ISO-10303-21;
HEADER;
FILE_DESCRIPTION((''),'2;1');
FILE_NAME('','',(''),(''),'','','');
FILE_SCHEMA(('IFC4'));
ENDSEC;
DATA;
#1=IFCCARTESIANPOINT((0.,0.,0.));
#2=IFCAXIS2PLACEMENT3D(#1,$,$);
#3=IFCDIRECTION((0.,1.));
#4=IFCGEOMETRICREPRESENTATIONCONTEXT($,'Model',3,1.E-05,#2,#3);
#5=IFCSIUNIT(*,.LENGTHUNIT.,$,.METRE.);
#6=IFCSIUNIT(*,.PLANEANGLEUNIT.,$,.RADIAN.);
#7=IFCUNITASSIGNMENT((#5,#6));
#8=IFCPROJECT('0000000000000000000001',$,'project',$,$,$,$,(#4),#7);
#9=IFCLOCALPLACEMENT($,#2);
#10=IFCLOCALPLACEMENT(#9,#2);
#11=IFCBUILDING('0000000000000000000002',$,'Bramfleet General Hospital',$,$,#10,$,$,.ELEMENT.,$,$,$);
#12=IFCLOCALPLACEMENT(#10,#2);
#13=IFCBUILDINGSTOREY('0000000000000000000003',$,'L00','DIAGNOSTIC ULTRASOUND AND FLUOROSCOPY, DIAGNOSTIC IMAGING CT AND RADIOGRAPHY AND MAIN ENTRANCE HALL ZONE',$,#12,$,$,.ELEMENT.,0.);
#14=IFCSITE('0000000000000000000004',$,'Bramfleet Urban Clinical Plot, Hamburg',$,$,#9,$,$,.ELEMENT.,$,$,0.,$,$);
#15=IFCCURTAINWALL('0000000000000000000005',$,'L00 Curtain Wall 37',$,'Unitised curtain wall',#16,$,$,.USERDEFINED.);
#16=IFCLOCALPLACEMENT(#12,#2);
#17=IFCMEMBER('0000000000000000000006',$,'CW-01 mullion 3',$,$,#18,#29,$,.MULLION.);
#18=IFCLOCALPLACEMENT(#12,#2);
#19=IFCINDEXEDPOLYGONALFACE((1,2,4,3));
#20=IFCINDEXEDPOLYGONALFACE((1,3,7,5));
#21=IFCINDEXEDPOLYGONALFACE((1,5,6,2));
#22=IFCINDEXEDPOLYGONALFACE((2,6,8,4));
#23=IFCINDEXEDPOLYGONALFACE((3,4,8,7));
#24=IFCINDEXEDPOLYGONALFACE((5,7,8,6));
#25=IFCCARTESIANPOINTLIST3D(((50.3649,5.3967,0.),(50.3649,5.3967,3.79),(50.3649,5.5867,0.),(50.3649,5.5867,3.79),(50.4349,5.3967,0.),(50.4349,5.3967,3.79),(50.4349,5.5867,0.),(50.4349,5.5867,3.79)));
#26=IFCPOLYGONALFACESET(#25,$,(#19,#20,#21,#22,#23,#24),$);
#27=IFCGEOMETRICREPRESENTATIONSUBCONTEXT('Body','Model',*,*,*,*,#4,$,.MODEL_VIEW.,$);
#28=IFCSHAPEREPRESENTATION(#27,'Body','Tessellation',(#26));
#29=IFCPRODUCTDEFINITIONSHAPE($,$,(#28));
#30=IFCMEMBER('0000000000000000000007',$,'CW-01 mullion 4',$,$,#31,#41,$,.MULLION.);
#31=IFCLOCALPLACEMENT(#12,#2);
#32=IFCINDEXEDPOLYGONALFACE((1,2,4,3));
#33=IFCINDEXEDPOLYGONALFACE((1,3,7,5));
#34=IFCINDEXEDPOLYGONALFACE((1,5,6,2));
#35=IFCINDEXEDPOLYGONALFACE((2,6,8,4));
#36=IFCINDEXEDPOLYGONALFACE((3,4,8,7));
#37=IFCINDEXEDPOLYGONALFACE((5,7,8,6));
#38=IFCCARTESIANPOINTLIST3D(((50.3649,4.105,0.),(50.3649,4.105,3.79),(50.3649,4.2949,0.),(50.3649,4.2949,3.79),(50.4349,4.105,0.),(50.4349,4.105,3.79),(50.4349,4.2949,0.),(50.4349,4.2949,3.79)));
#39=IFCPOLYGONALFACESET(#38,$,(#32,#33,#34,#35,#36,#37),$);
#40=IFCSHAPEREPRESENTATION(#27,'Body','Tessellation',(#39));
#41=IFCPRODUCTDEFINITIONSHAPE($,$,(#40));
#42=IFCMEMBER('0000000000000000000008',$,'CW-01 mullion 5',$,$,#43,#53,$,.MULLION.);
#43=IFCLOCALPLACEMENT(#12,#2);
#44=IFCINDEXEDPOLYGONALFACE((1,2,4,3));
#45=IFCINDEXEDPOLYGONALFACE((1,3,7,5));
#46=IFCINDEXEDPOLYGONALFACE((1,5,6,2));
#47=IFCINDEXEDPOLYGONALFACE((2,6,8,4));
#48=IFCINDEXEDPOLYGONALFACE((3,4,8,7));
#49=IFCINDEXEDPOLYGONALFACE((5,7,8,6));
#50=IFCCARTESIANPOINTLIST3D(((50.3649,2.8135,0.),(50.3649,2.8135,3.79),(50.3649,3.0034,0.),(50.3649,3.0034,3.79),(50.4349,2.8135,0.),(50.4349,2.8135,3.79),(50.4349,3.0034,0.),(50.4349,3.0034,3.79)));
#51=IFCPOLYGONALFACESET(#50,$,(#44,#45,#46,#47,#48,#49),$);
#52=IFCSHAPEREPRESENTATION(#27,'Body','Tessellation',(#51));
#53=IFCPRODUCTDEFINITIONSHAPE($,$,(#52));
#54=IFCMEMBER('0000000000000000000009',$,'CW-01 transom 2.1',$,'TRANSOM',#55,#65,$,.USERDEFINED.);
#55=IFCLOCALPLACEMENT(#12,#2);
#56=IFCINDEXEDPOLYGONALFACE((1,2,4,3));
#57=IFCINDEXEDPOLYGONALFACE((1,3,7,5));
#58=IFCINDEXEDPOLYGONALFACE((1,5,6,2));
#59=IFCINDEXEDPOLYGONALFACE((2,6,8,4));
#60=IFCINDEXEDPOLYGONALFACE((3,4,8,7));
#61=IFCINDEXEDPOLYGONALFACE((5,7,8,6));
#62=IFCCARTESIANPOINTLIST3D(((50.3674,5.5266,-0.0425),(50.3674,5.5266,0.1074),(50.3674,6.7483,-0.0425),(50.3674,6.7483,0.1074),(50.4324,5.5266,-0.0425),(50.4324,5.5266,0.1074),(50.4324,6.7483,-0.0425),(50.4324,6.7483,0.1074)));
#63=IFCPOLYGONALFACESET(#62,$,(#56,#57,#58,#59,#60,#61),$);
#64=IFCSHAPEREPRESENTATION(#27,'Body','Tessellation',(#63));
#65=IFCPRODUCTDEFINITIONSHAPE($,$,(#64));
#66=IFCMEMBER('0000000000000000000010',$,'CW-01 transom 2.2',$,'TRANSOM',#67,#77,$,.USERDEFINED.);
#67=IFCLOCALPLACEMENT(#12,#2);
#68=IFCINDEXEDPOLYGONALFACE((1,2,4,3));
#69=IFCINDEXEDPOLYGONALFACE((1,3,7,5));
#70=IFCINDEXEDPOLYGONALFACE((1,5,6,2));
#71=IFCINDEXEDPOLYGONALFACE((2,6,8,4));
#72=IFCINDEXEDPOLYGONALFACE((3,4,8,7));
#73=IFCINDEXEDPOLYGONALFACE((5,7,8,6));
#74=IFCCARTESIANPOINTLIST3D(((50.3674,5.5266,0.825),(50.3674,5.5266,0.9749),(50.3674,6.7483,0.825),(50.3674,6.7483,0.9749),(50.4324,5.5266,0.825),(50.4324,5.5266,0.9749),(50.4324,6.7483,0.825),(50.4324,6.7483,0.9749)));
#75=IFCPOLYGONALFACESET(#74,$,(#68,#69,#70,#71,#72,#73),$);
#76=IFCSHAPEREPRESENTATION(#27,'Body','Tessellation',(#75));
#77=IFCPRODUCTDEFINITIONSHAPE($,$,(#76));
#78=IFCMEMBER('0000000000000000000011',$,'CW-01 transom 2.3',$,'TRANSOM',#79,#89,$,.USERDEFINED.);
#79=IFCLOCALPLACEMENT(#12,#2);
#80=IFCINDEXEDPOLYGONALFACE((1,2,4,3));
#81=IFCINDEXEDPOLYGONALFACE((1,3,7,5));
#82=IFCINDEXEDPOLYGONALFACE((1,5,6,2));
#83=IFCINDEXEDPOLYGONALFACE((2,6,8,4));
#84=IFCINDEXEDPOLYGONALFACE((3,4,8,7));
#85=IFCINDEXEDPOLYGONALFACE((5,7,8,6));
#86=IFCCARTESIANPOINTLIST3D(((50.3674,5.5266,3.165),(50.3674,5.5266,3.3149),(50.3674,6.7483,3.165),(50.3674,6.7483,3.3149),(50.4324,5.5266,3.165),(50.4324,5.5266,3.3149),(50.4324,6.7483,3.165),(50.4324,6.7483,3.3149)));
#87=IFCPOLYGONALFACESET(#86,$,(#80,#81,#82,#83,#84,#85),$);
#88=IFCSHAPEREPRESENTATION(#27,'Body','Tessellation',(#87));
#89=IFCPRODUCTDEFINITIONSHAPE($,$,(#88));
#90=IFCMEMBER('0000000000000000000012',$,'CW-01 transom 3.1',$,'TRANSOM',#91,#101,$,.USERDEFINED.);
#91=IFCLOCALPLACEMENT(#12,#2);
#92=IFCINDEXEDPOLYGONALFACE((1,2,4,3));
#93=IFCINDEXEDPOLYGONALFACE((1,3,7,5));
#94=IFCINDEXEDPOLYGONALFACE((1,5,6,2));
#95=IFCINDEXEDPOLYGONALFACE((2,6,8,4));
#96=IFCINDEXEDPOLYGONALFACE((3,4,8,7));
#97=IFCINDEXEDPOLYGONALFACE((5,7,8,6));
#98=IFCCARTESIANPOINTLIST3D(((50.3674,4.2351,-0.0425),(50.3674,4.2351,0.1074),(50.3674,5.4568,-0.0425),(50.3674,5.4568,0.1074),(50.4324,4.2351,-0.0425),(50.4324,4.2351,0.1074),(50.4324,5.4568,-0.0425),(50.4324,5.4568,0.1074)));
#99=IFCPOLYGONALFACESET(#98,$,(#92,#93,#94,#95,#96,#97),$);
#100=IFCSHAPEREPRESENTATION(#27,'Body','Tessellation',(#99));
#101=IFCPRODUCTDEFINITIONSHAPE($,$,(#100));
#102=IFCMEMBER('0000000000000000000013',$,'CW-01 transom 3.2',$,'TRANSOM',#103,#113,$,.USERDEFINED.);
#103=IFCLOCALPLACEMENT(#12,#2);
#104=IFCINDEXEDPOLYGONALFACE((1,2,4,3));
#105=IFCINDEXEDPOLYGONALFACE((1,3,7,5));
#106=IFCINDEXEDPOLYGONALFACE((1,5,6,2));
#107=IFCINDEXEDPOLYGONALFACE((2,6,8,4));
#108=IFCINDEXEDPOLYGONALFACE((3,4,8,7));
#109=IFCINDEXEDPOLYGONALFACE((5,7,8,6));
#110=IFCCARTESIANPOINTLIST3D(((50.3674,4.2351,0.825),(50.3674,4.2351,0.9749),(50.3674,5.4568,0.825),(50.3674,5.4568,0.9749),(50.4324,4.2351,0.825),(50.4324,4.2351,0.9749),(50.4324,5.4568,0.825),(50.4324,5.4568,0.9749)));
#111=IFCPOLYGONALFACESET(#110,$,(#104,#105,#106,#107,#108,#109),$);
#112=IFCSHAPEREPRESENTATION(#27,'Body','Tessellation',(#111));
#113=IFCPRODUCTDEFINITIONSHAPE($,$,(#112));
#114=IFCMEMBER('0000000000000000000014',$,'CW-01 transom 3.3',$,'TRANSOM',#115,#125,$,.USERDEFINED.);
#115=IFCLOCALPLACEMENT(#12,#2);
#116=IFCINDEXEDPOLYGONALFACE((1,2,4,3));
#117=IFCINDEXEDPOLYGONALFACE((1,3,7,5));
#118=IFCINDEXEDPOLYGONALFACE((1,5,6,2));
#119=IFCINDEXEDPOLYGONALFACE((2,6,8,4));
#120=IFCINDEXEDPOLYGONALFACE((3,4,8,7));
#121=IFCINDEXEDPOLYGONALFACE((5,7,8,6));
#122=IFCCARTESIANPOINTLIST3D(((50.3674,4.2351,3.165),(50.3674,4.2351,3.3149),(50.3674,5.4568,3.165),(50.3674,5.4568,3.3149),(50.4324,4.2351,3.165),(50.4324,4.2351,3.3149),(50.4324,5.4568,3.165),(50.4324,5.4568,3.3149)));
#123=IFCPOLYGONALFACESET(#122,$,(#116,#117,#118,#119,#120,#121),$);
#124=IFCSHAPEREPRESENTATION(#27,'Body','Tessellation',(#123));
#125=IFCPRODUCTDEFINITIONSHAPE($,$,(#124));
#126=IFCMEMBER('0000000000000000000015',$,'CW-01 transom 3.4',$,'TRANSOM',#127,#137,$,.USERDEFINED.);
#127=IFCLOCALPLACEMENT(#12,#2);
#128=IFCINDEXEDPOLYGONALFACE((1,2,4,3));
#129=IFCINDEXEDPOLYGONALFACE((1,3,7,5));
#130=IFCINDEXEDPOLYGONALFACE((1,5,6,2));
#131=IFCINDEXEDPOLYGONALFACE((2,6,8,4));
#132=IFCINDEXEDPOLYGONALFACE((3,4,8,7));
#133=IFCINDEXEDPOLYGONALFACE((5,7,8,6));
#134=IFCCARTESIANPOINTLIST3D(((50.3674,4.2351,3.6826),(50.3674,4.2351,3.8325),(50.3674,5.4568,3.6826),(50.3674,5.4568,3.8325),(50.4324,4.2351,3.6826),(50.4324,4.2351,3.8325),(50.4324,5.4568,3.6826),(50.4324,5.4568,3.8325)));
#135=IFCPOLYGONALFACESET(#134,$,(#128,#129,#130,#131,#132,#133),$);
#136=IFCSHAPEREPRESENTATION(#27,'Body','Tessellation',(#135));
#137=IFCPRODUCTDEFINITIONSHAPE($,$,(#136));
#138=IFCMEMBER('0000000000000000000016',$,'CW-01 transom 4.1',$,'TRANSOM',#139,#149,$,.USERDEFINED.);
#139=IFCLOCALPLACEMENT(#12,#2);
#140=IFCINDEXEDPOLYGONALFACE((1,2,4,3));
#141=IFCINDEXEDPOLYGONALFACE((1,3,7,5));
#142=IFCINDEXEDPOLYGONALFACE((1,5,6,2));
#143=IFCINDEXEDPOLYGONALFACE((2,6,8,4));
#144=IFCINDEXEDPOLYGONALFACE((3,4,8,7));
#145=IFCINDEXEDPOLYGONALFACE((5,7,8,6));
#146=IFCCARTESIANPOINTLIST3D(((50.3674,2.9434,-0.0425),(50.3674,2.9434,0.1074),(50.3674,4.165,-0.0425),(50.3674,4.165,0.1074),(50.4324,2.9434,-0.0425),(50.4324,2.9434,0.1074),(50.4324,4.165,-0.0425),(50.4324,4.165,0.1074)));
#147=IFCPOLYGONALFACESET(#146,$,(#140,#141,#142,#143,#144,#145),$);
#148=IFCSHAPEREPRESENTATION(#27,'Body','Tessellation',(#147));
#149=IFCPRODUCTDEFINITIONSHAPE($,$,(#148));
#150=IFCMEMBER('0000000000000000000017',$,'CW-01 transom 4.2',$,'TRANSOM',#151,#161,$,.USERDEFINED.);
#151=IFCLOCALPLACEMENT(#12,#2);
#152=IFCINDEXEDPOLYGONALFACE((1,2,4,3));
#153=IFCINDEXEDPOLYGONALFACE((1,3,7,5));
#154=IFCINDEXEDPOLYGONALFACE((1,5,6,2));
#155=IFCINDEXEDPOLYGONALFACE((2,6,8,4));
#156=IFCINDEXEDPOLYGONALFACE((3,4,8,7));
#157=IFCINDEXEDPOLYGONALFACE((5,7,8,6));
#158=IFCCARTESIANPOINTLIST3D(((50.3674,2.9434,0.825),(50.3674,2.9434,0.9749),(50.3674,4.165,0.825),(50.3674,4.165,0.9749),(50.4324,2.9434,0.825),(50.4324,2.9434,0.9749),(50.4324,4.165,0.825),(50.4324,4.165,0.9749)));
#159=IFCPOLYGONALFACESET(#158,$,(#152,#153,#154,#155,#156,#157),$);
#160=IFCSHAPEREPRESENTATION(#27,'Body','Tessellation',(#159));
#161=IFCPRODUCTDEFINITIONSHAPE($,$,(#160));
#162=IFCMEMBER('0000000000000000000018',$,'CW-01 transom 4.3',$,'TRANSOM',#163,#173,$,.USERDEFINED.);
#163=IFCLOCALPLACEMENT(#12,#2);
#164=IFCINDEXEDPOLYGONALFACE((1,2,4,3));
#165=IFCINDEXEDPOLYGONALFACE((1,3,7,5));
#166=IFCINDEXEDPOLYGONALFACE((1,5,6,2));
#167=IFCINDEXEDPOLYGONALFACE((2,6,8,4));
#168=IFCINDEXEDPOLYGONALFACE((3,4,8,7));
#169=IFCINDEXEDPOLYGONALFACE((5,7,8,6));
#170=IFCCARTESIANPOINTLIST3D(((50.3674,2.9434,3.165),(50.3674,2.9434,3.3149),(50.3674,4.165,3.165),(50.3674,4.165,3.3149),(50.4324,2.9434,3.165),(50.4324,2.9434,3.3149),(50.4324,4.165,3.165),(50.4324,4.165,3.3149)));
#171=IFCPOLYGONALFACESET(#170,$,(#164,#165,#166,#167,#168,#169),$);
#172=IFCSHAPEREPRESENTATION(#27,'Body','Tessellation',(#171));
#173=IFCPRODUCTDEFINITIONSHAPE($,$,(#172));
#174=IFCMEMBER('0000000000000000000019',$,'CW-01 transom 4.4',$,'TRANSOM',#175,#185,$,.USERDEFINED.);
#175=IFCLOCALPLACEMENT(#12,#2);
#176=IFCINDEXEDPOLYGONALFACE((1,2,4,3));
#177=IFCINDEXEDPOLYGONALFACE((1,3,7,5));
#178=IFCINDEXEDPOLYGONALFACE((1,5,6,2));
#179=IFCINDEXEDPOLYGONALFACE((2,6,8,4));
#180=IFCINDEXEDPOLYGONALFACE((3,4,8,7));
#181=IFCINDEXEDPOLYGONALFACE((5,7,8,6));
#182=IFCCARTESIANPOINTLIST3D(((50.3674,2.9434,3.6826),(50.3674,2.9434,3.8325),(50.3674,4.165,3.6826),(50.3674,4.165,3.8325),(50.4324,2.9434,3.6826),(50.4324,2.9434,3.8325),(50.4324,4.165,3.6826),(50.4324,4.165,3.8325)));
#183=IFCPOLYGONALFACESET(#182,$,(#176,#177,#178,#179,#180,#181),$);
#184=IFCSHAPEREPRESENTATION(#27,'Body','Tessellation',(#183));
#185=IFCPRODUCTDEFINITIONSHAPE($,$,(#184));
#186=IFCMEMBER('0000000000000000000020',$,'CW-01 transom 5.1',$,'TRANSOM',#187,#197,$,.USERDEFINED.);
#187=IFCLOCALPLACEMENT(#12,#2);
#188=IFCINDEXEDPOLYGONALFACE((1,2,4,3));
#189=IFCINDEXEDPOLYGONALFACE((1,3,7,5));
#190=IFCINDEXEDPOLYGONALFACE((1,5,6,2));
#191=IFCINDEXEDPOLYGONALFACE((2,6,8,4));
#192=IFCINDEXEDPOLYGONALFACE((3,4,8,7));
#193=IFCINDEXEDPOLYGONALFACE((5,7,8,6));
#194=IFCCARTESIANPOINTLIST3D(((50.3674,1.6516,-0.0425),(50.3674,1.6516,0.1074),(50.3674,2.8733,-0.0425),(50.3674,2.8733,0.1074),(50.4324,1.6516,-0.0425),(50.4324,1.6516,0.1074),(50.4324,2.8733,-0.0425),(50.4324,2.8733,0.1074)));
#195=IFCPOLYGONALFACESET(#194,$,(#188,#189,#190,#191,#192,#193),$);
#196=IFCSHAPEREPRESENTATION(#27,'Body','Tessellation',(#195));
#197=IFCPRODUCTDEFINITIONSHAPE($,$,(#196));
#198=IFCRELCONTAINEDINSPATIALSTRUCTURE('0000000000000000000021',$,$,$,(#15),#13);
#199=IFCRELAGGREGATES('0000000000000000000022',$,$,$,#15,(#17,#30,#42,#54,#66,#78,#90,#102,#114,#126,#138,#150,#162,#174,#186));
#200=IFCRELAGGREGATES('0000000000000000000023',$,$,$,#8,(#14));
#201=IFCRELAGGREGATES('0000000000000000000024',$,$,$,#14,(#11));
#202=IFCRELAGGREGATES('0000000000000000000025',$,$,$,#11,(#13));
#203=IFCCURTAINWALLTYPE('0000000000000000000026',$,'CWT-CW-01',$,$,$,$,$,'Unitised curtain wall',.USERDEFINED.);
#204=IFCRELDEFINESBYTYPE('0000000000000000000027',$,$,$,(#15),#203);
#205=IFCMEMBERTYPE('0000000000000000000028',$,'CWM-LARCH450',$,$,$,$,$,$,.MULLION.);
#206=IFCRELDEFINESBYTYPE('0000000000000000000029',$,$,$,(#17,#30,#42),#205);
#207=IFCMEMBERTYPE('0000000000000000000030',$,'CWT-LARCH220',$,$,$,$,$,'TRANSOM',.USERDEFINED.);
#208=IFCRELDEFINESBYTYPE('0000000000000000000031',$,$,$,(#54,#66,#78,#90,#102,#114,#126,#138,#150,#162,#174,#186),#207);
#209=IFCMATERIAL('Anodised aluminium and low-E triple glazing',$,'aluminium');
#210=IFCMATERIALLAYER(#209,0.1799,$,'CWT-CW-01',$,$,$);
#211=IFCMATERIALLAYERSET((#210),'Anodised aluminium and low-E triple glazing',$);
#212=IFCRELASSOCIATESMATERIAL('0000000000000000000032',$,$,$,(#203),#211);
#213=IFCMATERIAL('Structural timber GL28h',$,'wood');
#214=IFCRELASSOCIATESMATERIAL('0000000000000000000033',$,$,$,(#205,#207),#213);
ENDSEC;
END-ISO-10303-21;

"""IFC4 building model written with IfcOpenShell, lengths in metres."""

from ifc_helpers import new_model, si_unit, direction, frame, origin, origin_2d, place, context, subcontext, project, spatial, rectangle, extrude, material, layer, layer_set, material_profile, profile_set, type_object, element, aggregate, save


model = new_model("IFC4")

# Units and contexts
model_context = context("Model", 3, precision=1e-05, world=origin(), true_north=direction((0.0, 1.0)))
body_context = subcontext(model_context, "Body", "Model", "MODEL_VIEW")
ifc_project = project(units=[si_unit("LENGTHUNIT", "METRE"), si_unit("PLANEANGLEUNIT", "RADIAN")], contexts=[model_context])

# Site, building, storey
site_placement = place(None, origin())
site = spatial("IfcSite", under=ifc_project, at=site_placement, Name="Bramfleet Urban Clinical Plot, Hamburg", CompositionType="ELEMENT", RefElevation=0.0)
building_placement = place(site_placement, origin())
building = spatial("IfcBuilding", under=site, at=building_placement, Name="Bramfleet General Hospital", CompositionType="ELEMENT")
storey_placement = place(building_placement, origin())
storey = spatial("IfcBuildingStorey", under=building, at=storey_placement, Name="L00", Description="DIAGNOSTIC ULTRASOUND AND FLUOROSCOPY, DIAGNOSTIC IMAGING CT AND RADIOGRAPHY AND MAIN ENTRANCE HALL ZONE", CompositionType="ELEMENT", Elevation=0.0)

# Curtain wall, members
ifc_material_1 = material(Name="Anodised aluminium and low-E triple glazing", Category="aluminium")
ifc_layer_1 = layer(ifc_material_1, 0.1799, Name="CWT-CW-01")
ifc_layer_set_1 = layer_set([ifc_layer_1], Name="Anodised aluminium and low-E triple glazing")
curtain_wall_type = type_object("IfcCurtainWallType", Name="CWT-CW-01", ElementType="Unitised curtain wall", PredefinedType="USERDEFINED", material=ifc_layer_set_1)
curtain_wall_placement = place(storey_placement, origin())
curtain_wall = element("IfcCurtainWall", 1, at=curtain_wall_placement, inside=storey, type_object=curtain_wall_type, Name="L00 Curtain Wall 37", ObjectType="Unitised curtain wall", PredefinedType="USERDEFINED")
ifc_material_2 = material(Name="Structural timber GL28h", Category="wood")
ifc_material_profile_1 = material_profile(ifc_material_2, rectangle(XDim=0.0701, YDim=0.1899, at=origin_2d()), Name="LARCH 190x70")
ifc_profile_set_1 = profile_set([ifc_material_profile_1], Name="Structural timber GL28h")
member_type_1 = type_object("IfcMemberType", Name="CWM-LARCH450", PredefinedType="MULLION", material=ifc_profile_set_1)
member_1_placement = place(storey_placement, frame((50.3999, 5.4917, 0.0), z_axis=(0.0, 0.0, 1.0), x_axis=(1.0, 0.0, 0.0)))
member_1 = element("IfcMember", 2, at=member_1_placement, type_object=member_type_1, Name="CW-01 mullion 3", PredefinedType="MULLION", context=body_context, shape_type="SweptSolid", body=[
    extrude(rectangle(XDim=0.0701, YDim=0.1899, at=origin_2d()), origin(), (0.0, 0.0, 1.0), 3.79),
])
member_2_placement = place(storey_placement, frame((50.3999, 4.2, 0.0), z_axis=(0.0, 0.0, 1.0), x_axis=(1.0, 0.0, 0.0)))
member_2 = element("IfcMember", 3, at=member_2_placement, type_object=member_type_1, Name="CW-01 mullion 4", PredefinedType="MULLION", context=body_context, shape_type="SweptSolid", body=[
    extrude(rectangle(XDim=0.0701, YDim=0.1899, at=origin_2d()), origin(), (0.0, 0.0, 1.0), 3.79),
])
member_3_placement = place(storey_placement, frame((50.3999, 2.9084, 0.0), z_axis=(0.0, 0.0, 1.0), x_axis=(1.0, 0.0, 0.0)))
member_3 = element("IfcMember", 4, at=member_3_placement, type_object=member_type_1, Name="CW-01 mullion 5", PredefinedType="MULLION", context=body_context, shape_type="SweptSolid", body=[
    extrude(rectangle(XDim=0.0701, YDim=0.1899, at=origin_2d()), origin(), (0.0, 0.0, 1.0), 3.79),
])
ifc_material_profile_2 = material_profile(ifc_material_2, rectangle(XDim=0.0649, YDim=0.1499, at=origin_2d()), Name="LARCH 150x65")
ifc_profile_set_2 = profile_set([ifc_material_profile_2], Name="Structural timber GL28h")
member_type_2 = type_object("IfcMemberType", Name="CWT-LARCH220", ElementType="TRANSOM", PredefinedType="USERDEFINED", material=ifc_profile_set_2)
member_4_placement = place(storey_placement, frame((50.3999, 6.7483, 0.0325), z_axis=(0.0, -1.0, 0.0), x_axis=(1.0, 0.0, 0.0)))
member_4 = element("IfcMember", 5, at=member_4_placement, type_object=member_type_2, Name="CW-01 transom 2.1", ObjectType="TRANSOM", PredefinedType="USERDEFINED", context=body_context, shape_type="SweptSolid", body=[
    extrude(rectangle(XDim=0.0649, YDim=0.1499, at=origin_2d()), origin(), (0.0, 0.0, 1.0), 1.2217),
])
member_5_placement = place(storey_placement, frame((50.3999, 6.7483, 0.8999), z_axis=(0.0, -1.0, 0.0), x_axis=(1.0, 0.0, 0.0)))
member_5 = element("IfcMember", 6, at=member_5_placement, type_object=member_type_2, Name="CW-01 transom 2.2", ObjectType="TRANSOM", PredefinedType="USERDEFINED", context=body_context, shape_type="SweptSolid", body=[
    extrude(rectangle(XDim=0.0649, YDim=0.1499, at=origin_2d()), origin(), (0.0, 0.0, 1.0), 1.2217),
])
member_6_placement = place(storey_placement, frame((50.3999, 6.7483, 3.24), z_axis=(0.0, -1.0, 0.0), x_axis=(1.0, 0.0, 0.0)))
member_6 = element("IfcMember", 7, at=member_6_placement, type_object=member_type_2, Name="CW-01 transom 2.3", ObjectType="TRANSOM", PredefinedType="USERDEFINED", context=body_context, shape_type="SweptSolid", body=[
    extrude(rectangle(XDim=0.0649, YDim=0.1499, at=origin_2d()), origin(), (0.0, 0.0, 1.0), 1.2217),
])
member_7_placement = place(storey_placement, frame((50.3999, 5.4568, 0.0325), z_axis=(0.0, -1.0, 0.0), x_axis=(1.0, 0.0, 0.0)))
member_7 = element("IfcMember", 8, at=member_7_placement, type_object=member_type_2, Name="CW-01 transom 3.1", ObjectType="TRANSOM", PredefinedType="USERDEFINED", context=body_context, shape_type="SweptSolid", body=[
    extrude(rectangle(XDim=0.0649, YDim=0.1499, at=origin_2d()), origin(), (0.0, 0.0, 1.0), 1.2217),
])
member_8_placement = place(storey_placement, frame((50.3999, 5.4568, 0.8999), z_axis=(0.0, -1.0, 0.0), x_axis=(1.0, 0.0, 0.0)))
member_8 = element("IfcMember", 9, at=member_8_placement, type_object=member_type_2, Name="CW-01 transom 3.2", ObjectType="TRANSOM", PredefinedType="USERDEFINED", context=body_context, shape_type="SweptSolid", body=[
    extrude(rectangle(XDim=0.0649, YDim=0.1499, at=origin_2d()), origin(), (0.0, 0.0, 1.0), 1.2217),
])
member_9_placement = place(storey_placement, frame((50.3999, 5.4568, 3.24), z_axis=(0.0, -1.0, 0.0), x_axis=(1.0, 0.0, 0.0)))
member_9 = element("IfcMember", 10, at=member_9_placement, type_object=member_type_2, Name="CW-01 transom 3.3", ObjectType="TRANSOM", PredefinedType="USERDEFINED", context=body_context, shape_type="SweptSolid", body=[
    extrude(rectangle(XDim=0.0649, YDim=0.1499, at=origin_2d()), origin(), (0.0, 0.0, 1.0), 1.2217),
])
member_10_placement = place(storey_placement, frame((50.3999, 5.4568, 3.7576), z_axis=(0.0, -1.0, 0.0), x_axis=(1.0, 0.0, 0.0)))
member_10 = element("IfcMember", 11, at=member_10_placement, type_object=member_type_2, Name="CW-01 transom 3.4", ObjectType="TRANSOM", PredefinedType="USERDEFINED", context=body_context, shape_type="SweptSolid", body=[
    extrude(rectangle(XDim=0.0649, YDim=0.1499, at=origin_2d()), origin(), (0.0, 0.0, 1.0), 1.2217),
])
member_11_placement = place(storey_placement, frame((50.3999, 4.165, 0.0325), z_axis=(0.0, -1.0, 0.0), x_axis=(1.0, 0.0, 0.0)))
member_11 = element("IfcMember", 12, at=member_11_placement, type_object=member_type_2, Name="CW-01 transom 4.1", ObjectType="TRANSOM", PredefinedType="USERDEFINED", context=body_context, shape_type="SweptSolid", body=[
    extrude(rectangle(XDim=0.0649, YDim=0.1499, at=origin_2d()), origin(), (0.0, 0.0, 1.0), 1.2217),
])
member_12_placement = place(storey_placement, frame((50.3999, 4.165, 0.8999), z_axis=(0.0, -1.0, 0.0), x_axis=(1.0, 0.0, 0.0)))
member_12 = element("IfcMember", 13, at=member_12_placement, type_object=member_type_2, Name="CW-01 transom 4.2", ObjectType="TRANSOM", PredefinedType="USERDEFINED", context=body_context, shape_type="SweptSolid", body=[
    extrude(rectangle(XDim=0.0649, YDim=0.1499, at=origin_2d()), origin(), (0.0, 0.0, 1.0), 1.2217),
])
member_13_placement = place(storey_placement, frame((50.3999, 4.165, 3.24), z_axis=(0.0, -1.0, 0.0), x_axis=(1.0, 0.0, 0.0)))
member_13 = element("IfcMember", 14, at=member_13_placement, type_object=member_type_2, Name="CW-01 transom 4.3", ObjectType="TRANSOM", PredefinedType="USERDEFINED", context=body_context, shape_type="SweptSolid", body=[
    extrude(rectangle(XDim=0.0649, YDim=0.1499, at=origin_2d()), origin(), (0.0, 0.0, 1.0), 1.2217),
])
member_14_placement = place(storey_placement, frame((50.3999, 4.165, 3.7576), z_axis=(0.0, -1.0, 0.0), x_axis=(1.0, 0.0, 0.0)))
member_14 = element("IfcMember", 15, at=member_14_placement, type_object=member_type_2, Name="CW-01 transom 4.4", ObjectType="TRANSOM", PredefinedType="USERDEFINED", context=body_context, shape_type="SweptSolid", body=[
    extrude(rectangle(XDim=0.0649, YDim=0.1499, at=origin_2d()), origin(), (0.0, 0.0, 1.0), 1.2217),
])
member_15_placement = place(storey_placement, frame((50.3999, 2.8733, 0.0325), z_axis=(0.0, -1.0, 0.0), x_axis=(1.0, 0.0, 0.0)))
member_15 = element("IfcMember", 16, at=member_15_placement, type_object=member_type_2, Name="CW-01 transom 5.1", ObjectType="TRANSOM", PredefinedType="USERDEFINED", context=body_context, shape_type="SweptSolid", body=[
    extrude(rectangle(XDim=0.0649, YDim=0.1499, at=origin_2d()), origin(), (0.0, 0.0, 1.0), 1.2217),
])
aggregate(curtain_wall, [member_1, member_2, member_3, member_4, member_5, member_6, member_7, member_8, member_9, member_10, member_11, member_12, member_13, member_14, member_15])

save(model, "model.ifc")
